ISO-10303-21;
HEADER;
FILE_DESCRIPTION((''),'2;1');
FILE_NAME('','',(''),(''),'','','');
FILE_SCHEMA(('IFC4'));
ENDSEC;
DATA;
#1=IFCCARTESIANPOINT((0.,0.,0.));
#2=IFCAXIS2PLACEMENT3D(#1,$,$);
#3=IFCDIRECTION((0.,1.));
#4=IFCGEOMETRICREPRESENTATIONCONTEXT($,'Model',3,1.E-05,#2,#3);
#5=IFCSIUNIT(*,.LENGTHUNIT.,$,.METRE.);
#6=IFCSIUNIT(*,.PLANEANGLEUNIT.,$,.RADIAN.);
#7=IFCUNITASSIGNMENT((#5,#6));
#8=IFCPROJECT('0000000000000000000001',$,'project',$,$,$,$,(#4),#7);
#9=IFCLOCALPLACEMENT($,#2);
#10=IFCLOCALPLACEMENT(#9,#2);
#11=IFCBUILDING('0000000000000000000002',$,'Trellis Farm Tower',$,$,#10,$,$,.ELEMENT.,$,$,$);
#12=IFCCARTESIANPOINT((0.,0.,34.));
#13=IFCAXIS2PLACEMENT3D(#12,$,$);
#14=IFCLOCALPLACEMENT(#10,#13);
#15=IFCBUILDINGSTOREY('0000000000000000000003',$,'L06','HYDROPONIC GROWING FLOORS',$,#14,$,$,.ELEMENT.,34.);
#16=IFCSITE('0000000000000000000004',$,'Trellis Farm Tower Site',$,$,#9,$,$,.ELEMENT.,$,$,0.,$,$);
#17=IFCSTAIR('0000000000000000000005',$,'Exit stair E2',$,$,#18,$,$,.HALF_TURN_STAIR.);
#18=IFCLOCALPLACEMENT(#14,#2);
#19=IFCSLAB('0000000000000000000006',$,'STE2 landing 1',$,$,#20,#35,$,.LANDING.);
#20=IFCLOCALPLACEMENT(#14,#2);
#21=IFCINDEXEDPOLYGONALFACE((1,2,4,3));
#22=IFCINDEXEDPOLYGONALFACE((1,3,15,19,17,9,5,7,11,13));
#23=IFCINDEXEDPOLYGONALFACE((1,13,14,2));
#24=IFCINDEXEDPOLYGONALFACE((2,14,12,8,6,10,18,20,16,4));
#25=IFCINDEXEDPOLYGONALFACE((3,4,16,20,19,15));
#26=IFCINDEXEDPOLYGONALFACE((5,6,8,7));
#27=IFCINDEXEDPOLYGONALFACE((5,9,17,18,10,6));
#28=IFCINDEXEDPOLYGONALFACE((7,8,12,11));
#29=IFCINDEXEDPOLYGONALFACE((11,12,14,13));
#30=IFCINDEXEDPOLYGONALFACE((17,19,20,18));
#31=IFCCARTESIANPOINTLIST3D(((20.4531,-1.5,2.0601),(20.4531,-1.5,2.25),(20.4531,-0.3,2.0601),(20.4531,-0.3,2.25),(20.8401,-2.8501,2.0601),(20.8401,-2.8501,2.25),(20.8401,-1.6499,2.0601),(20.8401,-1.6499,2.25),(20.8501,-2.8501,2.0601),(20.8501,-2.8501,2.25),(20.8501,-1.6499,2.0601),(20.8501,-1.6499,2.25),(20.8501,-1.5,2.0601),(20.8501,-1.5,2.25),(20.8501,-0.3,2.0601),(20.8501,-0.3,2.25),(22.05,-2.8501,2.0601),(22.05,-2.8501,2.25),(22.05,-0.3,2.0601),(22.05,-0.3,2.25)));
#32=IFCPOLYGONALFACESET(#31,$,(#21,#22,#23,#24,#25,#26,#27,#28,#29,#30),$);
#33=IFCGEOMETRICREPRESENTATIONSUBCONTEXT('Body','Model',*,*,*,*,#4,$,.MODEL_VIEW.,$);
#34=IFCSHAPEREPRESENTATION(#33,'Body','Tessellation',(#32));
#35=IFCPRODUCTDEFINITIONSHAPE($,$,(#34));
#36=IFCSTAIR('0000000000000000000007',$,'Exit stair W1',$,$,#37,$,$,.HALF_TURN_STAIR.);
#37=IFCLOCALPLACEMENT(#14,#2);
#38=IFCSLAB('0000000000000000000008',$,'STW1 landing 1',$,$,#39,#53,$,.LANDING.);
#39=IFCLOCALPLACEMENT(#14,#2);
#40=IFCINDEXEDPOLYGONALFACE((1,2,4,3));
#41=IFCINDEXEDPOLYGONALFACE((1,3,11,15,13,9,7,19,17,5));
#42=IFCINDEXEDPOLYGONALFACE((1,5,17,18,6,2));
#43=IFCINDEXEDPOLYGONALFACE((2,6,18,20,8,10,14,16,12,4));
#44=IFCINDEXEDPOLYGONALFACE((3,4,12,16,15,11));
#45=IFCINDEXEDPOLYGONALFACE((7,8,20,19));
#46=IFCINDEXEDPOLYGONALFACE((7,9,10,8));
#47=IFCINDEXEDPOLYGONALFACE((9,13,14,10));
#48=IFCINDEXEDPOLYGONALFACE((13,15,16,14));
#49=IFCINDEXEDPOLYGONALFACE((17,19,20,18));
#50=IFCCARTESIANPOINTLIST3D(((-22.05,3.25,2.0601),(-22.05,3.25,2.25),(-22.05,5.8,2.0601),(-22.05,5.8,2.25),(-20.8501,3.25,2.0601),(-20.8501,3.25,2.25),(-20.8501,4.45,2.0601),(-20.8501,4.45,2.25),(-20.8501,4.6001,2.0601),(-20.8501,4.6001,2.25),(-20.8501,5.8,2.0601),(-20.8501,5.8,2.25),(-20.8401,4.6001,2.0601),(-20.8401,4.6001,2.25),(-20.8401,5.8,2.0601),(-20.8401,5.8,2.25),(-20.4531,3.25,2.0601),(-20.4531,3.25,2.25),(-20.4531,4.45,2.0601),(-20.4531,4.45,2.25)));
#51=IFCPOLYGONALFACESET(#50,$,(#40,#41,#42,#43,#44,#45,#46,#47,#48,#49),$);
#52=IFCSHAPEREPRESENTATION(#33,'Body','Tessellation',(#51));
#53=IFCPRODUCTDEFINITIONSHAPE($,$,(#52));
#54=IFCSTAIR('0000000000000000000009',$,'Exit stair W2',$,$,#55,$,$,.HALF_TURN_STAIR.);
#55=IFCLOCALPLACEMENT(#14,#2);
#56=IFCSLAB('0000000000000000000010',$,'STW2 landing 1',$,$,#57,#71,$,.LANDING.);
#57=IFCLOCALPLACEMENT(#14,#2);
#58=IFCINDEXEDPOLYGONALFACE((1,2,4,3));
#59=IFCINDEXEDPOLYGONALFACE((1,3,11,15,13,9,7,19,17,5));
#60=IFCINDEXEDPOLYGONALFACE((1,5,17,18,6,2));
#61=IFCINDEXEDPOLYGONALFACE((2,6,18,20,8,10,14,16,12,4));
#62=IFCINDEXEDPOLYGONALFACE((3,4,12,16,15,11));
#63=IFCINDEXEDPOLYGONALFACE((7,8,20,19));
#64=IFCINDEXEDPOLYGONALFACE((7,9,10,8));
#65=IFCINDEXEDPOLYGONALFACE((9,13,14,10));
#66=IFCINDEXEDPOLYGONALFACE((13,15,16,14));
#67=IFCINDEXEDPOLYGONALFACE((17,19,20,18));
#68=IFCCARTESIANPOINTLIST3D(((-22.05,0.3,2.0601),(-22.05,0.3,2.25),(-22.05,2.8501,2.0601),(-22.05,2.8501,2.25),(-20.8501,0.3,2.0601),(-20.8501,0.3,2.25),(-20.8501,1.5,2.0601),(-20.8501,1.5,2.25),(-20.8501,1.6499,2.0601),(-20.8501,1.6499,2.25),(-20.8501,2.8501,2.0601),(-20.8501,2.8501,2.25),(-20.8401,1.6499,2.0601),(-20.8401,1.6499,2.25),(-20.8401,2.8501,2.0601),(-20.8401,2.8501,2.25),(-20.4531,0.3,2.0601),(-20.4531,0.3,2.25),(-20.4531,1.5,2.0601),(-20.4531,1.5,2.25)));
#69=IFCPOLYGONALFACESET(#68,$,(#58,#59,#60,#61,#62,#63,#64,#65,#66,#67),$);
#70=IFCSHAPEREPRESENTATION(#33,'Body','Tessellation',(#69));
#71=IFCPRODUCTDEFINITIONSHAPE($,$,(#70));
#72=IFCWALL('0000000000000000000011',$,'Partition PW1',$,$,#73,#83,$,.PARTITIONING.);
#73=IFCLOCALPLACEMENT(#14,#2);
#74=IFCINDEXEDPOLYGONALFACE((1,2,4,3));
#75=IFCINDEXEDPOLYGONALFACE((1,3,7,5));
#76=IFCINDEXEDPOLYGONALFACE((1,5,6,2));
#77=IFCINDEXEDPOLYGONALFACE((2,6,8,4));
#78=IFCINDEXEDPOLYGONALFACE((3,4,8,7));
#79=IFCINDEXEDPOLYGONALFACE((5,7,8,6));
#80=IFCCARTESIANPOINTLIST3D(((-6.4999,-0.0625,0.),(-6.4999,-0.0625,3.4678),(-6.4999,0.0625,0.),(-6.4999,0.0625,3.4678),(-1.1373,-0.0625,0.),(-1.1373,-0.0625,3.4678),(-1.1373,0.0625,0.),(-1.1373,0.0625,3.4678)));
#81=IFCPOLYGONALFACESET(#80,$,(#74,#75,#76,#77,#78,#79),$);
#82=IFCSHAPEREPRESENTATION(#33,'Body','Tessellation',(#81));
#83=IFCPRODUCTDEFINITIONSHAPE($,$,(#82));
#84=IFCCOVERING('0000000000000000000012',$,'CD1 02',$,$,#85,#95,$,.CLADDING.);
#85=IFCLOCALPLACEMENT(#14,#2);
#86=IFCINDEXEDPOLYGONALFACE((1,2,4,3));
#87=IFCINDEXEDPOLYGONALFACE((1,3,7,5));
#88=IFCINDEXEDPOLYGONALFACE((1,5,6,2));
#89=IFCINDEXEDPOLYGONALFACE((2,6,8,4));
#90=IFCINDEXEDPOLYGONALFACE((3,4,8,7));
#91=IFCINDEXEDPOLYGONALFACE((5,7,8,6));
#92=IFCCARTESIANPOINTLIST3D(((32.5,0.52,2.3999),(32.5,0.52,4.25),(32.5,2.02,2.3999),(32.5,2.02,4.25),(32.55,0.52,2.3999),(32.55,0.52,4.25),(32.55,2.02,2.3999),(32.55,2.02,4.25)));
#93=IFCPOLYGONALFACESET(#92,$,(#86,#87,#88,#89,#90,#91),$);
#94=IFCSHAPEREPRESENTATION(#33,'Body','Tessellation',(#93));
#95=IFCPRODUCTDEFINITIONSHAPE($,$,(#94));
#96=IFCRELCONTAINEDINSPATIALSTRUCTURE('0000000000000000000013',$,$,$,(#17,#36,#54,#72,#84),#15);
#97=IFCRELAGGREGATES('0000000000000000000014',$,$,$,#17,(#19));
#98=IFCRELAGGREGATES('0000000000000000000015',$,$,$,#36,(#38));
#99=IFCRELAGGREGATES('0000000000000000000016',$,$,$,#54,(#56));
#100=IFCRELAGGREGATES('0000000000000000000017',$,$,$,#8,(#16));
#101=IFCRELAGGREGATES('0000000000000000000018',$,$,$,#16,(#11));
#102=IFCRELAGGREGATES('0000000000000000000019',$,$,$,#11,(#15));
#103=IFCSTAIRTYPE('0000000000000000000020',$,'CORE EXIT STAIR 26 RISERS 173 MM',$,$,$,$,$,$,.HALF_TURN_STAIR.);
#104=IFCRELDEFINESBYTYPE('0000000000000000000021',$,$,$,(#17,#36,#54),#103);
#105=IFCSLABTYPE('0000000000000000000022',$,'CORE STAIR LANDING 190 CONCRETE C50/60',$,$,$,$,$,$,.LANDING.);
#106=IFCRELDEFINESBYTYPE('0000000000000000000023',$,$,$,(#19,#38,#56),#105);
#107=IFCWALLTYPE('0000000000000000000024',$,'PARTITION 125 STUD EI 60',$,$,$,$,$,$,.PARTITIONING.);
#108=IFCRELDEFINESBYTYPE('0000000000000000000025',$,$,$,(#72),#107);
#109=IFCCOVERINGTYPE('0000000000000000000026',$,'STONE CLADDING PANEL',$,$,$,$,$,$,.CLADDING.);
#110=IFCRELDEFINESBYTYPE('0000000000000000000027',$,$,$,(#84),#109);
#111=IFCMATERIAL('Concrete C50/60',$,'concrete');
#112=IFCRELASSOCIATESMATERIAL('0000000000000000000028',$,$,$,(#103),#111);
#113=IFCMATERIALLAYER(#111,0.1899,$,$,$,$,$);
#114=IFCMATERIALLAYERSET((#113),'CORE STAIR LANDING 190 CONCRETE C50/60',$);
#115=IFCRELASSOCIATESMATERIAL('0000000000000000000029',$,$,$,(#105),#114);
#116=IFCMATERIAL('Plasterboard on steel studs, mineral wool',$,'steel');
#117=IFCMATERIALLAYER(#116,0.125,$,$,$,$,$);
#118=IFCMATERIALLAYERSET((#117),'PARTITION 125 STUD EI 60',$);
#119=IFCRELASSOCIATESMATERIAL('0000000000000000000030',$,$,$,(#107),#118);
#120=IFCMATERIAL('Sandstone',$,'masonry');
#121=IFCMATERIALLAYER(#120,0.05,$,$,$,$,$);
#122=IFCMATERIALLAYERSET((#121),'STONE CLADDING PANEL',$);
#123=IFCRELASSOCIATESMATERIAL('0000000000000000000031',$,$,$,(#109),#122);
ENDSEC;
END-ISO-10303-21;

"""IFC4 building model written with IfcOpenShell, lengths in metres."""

from ifc_helpers import new_model, si_unit, direction, frame, frame_2d, origin, place, context, subcontext, project, spatial, polyline, rectangle, outline, extrude, source, transform, mapped, material, layer, layer_set, type_object, element, aggregate, save


model = new_model("IFC4")

# Units and contexts
model_context = context("Model", 3, precision=1e-05, world=origin(), true_north=direction((0.0, 1.0)))
body_context = subcontext(model_context, "Body", "Model", "MODEL_VIEW")
ifc_project = project(units=[si_unit("LENGTHUNIT", "METRE"), si_unit("PLANEANGLEUNIT", "RADIAN")], contexts=[model_context])

# Site, building, storey
site_placement = place(None, origin())
site = spatial("IfcSite", under=ifc_project, at=site_placement, Name="Trellis Farm Tower Site", CompositionType="ELEMENT", RefElevation=0.0)
building_placement = place(site_placement, origin())
building = spatial("IfcBuilding", under=site, at=building_placement, Name="Trellis Farm Tower", CompositionType="ELEMENT")
storey_placement = place(building_placement, frame((0.0, 0.0, 34.0)))
storey = spatial("IfcBuildingStorey", under=building, at=storey_placement, Name="L06", Description="HYDROPONIC GROWING FLOORS", CompositionType="ELEMENT", Elevation=34.0)

# Stairs, slabs
ifc_material_1 = material(Name="Concrete C50/60", Category="concrete")
stair_type = type_object("IfcStairType", Name="CORE EXIT STAIR 26 RISERS 173 MM", PredefinedType="HALF_TURN_STAIR", material=ifc_material_1)
placement_1 = place(storey_placement, origin())
ifc_layer_1 = layer(ifc_material_1, 0.1899)
ifc_layer_set_1 = layer_set([ifc_layer_1], Name="CORE STAIR LANDING 190 CONCRETE C50/60")
slab_type_1 = type_object("IfcSlabType", Name="CORE STAIR LANDING 190 CONCRETE C50/60", PredefinedType="LANDING", material=ifc_layer_set_1)
placement_2 = place(storey_placement, frame((0.0, 0.0, 2.0601)))
stair_1 = element("IfcStair", 1, at=placement_1, inside=storey, type_object=stair_type, Name="Exit stair E2", PredefinedType="HALF_TURN_STAIR")
shared_shape_1 = source(origin(), body_context, "Body", "SweptSolid", [
    extrude(outline(polyline([(20.8401, -2.8501), (20.8401, -1.6499), (20.8501, -1.6499), (20.8501, -1.5), (20.4531, -1.5), (20.4531, -0.3), (20.8501, -0.3), (22.05, -0.3), (22.05, -2.8501), (20.8501, -2.8501), (20.8401, -2.8501)])), origin(), (0.0, 0.0, 1.0), 0.1899),
])
slab_1 = element("IfcSlab", 2, at=placement_2, type_object=slab_type_1, Name="STE2 landing 1", PredefinedType="LANDING", context=body_context, shape_type="MappedRepresentation", body=[
    mapped(shared_shape_1, transform((0.0, 0.0, 0.0))),
])
aggregate(stair_1, [slab_1])
stair_2 = element("IfcStair", 3, at=placement_1, inside=storey, type_object=stair_type, Name="Exit stair W1", PredefinedType="HALF_TURN_STAIR")
shared_shape_2 = source(origin(), body_context, "Body", "SweptSolid", [
    extrude(outline(polyline([(-20.4531, 4.45), (-20.4531, 3.25), (-20.8501, 3.25), (-22.05, 3.25), (-22.05, 5.8), (-20.8501, 5.8), (-20.8401, 5.8), (-20.8401, 4.6001), (-20.8501, 4.6001), (-20.8501, 4.45), (-20.4531, 4.45)])), origin(), (0.0, 0.0, 1.0), 0.1899),
])
slab_2 = element("IfcSlab", 4, at=placement_2, type_object=slab_type_1, Name="STW1 landing 1", PredefinedType="LANDING", context=body_context, shape_type="MappedRepresentation", body=[
    mapped(shared_shape_2, transform((0.0, 0.0, 0.0))),
])
aggregate(stair_2, [slab_2])
stair_3 = element("IfcStair", 5, at=placement_1, inside=storey, type_object=stair_type, Name="Exit stair W2", PredefinedType="HALF_TURN_STAIR")
shared_shape_3 = source(origin(), body_context, "Body", "SweptSolid", [
    extrude(outline(polyline([(-20.4531, 1.5), (-20.4531, 0.3), (-20.8501, 0.3), (-22.05, 0.3), (-22.05, 2.8501), (-20.8501, 2.8501), (-20.8401, 2.8501), (-20.8401, 1.6499), (-20.8501, 1.6499), (-20.8501, 1.5), (-20.4531, 1.5)])), origin(), (0.0, 0.0, 1.0), 0.1899),
])
slab_3 = element("IfcSlab", 6, at=placement_2, type_object=slab_type_1, Name="STW2 landing 1", PredefinedType="LANDING", context=body_context, shape_type="MappedRepresentation", body=[
    mapped(shared_shape_3, transform((0.0, 0.0, 0.0))),
])
aggregate(stair_3, [slab_3])

# Wall
ifc_material_2 = material(Name="Plasterboard on steel studs, mineral wool", Category="steel")
ifc_layer_2 = layer(ifc_material_2, 0.125)
ifc_layer_set_2 = layer_set([ifc_layer_2], Name="PARTITION 125 STUD EI 60")
wall_type = type_object("IfcWallType", Name="PARTITION 125 STUD EI 60", PredefinedType="PARTITIONING", material=ifc_layer_set_2)
shared_shape_4 = source(origin(), body_context, "Body", "SweptSolid", [
    extrude(rectangle(XDim=5.3625, YDim=0.125, at=frame_2d((2.6812, 0.0))), origin(), (0.0, 0.0, 1.0), 3.4678),
])
wall_placement = place(storey_placement, frame((-1.1375, 0.0, 0.0), z_axis=(0.0, 0.0, 1.0), x_axis=(-1.0, 0.0, 0.0)))
element("IfcWall", 7, at=wall_placement, inside=storey, type_object=wall_type, Name="Partition PW1", PredefinedType="PARTITIONING", context=body_context, shape_type="MappedRepresentation", body=[
    mapped(shared_shape_4, transform((0.0, 0.0, 0.0))),
])

# Covering
ifc_material_3 = material(Name="Sandstone", Category="masonry")
ifc_layer_3 = layer(ifc_material_3, 0.05)
ifc_layer_set_3 = layer_set([ifc_layer_3], Name="STONE CLADDING PANEL")
covering_type = type_object("IfcCoveringType", Name="STONE CLADDING PANEL", PredefinedType="CLADDING", material=ifc_layer_set_3)
covering_placement = place(storey_placement, frame((0.0, 0.0, 2.3999)))
element("IfcCovering", 8, at=covering_placement, inside=storey, type_object=covering_type, Name="CD1 02", PredefinedType="CLADDING", context=body_context, shape_type="SweptSolid", body=[
    extrude(outline(polyline([(32.55, 0.52), (32.55, 2.02), (32.5, 2.02), (32.5, 0.52), (32.55, 0.52)])), origin(), (0.0, 0.0, 1.0), 1.8501),
])

save(model, "model.ifc")
